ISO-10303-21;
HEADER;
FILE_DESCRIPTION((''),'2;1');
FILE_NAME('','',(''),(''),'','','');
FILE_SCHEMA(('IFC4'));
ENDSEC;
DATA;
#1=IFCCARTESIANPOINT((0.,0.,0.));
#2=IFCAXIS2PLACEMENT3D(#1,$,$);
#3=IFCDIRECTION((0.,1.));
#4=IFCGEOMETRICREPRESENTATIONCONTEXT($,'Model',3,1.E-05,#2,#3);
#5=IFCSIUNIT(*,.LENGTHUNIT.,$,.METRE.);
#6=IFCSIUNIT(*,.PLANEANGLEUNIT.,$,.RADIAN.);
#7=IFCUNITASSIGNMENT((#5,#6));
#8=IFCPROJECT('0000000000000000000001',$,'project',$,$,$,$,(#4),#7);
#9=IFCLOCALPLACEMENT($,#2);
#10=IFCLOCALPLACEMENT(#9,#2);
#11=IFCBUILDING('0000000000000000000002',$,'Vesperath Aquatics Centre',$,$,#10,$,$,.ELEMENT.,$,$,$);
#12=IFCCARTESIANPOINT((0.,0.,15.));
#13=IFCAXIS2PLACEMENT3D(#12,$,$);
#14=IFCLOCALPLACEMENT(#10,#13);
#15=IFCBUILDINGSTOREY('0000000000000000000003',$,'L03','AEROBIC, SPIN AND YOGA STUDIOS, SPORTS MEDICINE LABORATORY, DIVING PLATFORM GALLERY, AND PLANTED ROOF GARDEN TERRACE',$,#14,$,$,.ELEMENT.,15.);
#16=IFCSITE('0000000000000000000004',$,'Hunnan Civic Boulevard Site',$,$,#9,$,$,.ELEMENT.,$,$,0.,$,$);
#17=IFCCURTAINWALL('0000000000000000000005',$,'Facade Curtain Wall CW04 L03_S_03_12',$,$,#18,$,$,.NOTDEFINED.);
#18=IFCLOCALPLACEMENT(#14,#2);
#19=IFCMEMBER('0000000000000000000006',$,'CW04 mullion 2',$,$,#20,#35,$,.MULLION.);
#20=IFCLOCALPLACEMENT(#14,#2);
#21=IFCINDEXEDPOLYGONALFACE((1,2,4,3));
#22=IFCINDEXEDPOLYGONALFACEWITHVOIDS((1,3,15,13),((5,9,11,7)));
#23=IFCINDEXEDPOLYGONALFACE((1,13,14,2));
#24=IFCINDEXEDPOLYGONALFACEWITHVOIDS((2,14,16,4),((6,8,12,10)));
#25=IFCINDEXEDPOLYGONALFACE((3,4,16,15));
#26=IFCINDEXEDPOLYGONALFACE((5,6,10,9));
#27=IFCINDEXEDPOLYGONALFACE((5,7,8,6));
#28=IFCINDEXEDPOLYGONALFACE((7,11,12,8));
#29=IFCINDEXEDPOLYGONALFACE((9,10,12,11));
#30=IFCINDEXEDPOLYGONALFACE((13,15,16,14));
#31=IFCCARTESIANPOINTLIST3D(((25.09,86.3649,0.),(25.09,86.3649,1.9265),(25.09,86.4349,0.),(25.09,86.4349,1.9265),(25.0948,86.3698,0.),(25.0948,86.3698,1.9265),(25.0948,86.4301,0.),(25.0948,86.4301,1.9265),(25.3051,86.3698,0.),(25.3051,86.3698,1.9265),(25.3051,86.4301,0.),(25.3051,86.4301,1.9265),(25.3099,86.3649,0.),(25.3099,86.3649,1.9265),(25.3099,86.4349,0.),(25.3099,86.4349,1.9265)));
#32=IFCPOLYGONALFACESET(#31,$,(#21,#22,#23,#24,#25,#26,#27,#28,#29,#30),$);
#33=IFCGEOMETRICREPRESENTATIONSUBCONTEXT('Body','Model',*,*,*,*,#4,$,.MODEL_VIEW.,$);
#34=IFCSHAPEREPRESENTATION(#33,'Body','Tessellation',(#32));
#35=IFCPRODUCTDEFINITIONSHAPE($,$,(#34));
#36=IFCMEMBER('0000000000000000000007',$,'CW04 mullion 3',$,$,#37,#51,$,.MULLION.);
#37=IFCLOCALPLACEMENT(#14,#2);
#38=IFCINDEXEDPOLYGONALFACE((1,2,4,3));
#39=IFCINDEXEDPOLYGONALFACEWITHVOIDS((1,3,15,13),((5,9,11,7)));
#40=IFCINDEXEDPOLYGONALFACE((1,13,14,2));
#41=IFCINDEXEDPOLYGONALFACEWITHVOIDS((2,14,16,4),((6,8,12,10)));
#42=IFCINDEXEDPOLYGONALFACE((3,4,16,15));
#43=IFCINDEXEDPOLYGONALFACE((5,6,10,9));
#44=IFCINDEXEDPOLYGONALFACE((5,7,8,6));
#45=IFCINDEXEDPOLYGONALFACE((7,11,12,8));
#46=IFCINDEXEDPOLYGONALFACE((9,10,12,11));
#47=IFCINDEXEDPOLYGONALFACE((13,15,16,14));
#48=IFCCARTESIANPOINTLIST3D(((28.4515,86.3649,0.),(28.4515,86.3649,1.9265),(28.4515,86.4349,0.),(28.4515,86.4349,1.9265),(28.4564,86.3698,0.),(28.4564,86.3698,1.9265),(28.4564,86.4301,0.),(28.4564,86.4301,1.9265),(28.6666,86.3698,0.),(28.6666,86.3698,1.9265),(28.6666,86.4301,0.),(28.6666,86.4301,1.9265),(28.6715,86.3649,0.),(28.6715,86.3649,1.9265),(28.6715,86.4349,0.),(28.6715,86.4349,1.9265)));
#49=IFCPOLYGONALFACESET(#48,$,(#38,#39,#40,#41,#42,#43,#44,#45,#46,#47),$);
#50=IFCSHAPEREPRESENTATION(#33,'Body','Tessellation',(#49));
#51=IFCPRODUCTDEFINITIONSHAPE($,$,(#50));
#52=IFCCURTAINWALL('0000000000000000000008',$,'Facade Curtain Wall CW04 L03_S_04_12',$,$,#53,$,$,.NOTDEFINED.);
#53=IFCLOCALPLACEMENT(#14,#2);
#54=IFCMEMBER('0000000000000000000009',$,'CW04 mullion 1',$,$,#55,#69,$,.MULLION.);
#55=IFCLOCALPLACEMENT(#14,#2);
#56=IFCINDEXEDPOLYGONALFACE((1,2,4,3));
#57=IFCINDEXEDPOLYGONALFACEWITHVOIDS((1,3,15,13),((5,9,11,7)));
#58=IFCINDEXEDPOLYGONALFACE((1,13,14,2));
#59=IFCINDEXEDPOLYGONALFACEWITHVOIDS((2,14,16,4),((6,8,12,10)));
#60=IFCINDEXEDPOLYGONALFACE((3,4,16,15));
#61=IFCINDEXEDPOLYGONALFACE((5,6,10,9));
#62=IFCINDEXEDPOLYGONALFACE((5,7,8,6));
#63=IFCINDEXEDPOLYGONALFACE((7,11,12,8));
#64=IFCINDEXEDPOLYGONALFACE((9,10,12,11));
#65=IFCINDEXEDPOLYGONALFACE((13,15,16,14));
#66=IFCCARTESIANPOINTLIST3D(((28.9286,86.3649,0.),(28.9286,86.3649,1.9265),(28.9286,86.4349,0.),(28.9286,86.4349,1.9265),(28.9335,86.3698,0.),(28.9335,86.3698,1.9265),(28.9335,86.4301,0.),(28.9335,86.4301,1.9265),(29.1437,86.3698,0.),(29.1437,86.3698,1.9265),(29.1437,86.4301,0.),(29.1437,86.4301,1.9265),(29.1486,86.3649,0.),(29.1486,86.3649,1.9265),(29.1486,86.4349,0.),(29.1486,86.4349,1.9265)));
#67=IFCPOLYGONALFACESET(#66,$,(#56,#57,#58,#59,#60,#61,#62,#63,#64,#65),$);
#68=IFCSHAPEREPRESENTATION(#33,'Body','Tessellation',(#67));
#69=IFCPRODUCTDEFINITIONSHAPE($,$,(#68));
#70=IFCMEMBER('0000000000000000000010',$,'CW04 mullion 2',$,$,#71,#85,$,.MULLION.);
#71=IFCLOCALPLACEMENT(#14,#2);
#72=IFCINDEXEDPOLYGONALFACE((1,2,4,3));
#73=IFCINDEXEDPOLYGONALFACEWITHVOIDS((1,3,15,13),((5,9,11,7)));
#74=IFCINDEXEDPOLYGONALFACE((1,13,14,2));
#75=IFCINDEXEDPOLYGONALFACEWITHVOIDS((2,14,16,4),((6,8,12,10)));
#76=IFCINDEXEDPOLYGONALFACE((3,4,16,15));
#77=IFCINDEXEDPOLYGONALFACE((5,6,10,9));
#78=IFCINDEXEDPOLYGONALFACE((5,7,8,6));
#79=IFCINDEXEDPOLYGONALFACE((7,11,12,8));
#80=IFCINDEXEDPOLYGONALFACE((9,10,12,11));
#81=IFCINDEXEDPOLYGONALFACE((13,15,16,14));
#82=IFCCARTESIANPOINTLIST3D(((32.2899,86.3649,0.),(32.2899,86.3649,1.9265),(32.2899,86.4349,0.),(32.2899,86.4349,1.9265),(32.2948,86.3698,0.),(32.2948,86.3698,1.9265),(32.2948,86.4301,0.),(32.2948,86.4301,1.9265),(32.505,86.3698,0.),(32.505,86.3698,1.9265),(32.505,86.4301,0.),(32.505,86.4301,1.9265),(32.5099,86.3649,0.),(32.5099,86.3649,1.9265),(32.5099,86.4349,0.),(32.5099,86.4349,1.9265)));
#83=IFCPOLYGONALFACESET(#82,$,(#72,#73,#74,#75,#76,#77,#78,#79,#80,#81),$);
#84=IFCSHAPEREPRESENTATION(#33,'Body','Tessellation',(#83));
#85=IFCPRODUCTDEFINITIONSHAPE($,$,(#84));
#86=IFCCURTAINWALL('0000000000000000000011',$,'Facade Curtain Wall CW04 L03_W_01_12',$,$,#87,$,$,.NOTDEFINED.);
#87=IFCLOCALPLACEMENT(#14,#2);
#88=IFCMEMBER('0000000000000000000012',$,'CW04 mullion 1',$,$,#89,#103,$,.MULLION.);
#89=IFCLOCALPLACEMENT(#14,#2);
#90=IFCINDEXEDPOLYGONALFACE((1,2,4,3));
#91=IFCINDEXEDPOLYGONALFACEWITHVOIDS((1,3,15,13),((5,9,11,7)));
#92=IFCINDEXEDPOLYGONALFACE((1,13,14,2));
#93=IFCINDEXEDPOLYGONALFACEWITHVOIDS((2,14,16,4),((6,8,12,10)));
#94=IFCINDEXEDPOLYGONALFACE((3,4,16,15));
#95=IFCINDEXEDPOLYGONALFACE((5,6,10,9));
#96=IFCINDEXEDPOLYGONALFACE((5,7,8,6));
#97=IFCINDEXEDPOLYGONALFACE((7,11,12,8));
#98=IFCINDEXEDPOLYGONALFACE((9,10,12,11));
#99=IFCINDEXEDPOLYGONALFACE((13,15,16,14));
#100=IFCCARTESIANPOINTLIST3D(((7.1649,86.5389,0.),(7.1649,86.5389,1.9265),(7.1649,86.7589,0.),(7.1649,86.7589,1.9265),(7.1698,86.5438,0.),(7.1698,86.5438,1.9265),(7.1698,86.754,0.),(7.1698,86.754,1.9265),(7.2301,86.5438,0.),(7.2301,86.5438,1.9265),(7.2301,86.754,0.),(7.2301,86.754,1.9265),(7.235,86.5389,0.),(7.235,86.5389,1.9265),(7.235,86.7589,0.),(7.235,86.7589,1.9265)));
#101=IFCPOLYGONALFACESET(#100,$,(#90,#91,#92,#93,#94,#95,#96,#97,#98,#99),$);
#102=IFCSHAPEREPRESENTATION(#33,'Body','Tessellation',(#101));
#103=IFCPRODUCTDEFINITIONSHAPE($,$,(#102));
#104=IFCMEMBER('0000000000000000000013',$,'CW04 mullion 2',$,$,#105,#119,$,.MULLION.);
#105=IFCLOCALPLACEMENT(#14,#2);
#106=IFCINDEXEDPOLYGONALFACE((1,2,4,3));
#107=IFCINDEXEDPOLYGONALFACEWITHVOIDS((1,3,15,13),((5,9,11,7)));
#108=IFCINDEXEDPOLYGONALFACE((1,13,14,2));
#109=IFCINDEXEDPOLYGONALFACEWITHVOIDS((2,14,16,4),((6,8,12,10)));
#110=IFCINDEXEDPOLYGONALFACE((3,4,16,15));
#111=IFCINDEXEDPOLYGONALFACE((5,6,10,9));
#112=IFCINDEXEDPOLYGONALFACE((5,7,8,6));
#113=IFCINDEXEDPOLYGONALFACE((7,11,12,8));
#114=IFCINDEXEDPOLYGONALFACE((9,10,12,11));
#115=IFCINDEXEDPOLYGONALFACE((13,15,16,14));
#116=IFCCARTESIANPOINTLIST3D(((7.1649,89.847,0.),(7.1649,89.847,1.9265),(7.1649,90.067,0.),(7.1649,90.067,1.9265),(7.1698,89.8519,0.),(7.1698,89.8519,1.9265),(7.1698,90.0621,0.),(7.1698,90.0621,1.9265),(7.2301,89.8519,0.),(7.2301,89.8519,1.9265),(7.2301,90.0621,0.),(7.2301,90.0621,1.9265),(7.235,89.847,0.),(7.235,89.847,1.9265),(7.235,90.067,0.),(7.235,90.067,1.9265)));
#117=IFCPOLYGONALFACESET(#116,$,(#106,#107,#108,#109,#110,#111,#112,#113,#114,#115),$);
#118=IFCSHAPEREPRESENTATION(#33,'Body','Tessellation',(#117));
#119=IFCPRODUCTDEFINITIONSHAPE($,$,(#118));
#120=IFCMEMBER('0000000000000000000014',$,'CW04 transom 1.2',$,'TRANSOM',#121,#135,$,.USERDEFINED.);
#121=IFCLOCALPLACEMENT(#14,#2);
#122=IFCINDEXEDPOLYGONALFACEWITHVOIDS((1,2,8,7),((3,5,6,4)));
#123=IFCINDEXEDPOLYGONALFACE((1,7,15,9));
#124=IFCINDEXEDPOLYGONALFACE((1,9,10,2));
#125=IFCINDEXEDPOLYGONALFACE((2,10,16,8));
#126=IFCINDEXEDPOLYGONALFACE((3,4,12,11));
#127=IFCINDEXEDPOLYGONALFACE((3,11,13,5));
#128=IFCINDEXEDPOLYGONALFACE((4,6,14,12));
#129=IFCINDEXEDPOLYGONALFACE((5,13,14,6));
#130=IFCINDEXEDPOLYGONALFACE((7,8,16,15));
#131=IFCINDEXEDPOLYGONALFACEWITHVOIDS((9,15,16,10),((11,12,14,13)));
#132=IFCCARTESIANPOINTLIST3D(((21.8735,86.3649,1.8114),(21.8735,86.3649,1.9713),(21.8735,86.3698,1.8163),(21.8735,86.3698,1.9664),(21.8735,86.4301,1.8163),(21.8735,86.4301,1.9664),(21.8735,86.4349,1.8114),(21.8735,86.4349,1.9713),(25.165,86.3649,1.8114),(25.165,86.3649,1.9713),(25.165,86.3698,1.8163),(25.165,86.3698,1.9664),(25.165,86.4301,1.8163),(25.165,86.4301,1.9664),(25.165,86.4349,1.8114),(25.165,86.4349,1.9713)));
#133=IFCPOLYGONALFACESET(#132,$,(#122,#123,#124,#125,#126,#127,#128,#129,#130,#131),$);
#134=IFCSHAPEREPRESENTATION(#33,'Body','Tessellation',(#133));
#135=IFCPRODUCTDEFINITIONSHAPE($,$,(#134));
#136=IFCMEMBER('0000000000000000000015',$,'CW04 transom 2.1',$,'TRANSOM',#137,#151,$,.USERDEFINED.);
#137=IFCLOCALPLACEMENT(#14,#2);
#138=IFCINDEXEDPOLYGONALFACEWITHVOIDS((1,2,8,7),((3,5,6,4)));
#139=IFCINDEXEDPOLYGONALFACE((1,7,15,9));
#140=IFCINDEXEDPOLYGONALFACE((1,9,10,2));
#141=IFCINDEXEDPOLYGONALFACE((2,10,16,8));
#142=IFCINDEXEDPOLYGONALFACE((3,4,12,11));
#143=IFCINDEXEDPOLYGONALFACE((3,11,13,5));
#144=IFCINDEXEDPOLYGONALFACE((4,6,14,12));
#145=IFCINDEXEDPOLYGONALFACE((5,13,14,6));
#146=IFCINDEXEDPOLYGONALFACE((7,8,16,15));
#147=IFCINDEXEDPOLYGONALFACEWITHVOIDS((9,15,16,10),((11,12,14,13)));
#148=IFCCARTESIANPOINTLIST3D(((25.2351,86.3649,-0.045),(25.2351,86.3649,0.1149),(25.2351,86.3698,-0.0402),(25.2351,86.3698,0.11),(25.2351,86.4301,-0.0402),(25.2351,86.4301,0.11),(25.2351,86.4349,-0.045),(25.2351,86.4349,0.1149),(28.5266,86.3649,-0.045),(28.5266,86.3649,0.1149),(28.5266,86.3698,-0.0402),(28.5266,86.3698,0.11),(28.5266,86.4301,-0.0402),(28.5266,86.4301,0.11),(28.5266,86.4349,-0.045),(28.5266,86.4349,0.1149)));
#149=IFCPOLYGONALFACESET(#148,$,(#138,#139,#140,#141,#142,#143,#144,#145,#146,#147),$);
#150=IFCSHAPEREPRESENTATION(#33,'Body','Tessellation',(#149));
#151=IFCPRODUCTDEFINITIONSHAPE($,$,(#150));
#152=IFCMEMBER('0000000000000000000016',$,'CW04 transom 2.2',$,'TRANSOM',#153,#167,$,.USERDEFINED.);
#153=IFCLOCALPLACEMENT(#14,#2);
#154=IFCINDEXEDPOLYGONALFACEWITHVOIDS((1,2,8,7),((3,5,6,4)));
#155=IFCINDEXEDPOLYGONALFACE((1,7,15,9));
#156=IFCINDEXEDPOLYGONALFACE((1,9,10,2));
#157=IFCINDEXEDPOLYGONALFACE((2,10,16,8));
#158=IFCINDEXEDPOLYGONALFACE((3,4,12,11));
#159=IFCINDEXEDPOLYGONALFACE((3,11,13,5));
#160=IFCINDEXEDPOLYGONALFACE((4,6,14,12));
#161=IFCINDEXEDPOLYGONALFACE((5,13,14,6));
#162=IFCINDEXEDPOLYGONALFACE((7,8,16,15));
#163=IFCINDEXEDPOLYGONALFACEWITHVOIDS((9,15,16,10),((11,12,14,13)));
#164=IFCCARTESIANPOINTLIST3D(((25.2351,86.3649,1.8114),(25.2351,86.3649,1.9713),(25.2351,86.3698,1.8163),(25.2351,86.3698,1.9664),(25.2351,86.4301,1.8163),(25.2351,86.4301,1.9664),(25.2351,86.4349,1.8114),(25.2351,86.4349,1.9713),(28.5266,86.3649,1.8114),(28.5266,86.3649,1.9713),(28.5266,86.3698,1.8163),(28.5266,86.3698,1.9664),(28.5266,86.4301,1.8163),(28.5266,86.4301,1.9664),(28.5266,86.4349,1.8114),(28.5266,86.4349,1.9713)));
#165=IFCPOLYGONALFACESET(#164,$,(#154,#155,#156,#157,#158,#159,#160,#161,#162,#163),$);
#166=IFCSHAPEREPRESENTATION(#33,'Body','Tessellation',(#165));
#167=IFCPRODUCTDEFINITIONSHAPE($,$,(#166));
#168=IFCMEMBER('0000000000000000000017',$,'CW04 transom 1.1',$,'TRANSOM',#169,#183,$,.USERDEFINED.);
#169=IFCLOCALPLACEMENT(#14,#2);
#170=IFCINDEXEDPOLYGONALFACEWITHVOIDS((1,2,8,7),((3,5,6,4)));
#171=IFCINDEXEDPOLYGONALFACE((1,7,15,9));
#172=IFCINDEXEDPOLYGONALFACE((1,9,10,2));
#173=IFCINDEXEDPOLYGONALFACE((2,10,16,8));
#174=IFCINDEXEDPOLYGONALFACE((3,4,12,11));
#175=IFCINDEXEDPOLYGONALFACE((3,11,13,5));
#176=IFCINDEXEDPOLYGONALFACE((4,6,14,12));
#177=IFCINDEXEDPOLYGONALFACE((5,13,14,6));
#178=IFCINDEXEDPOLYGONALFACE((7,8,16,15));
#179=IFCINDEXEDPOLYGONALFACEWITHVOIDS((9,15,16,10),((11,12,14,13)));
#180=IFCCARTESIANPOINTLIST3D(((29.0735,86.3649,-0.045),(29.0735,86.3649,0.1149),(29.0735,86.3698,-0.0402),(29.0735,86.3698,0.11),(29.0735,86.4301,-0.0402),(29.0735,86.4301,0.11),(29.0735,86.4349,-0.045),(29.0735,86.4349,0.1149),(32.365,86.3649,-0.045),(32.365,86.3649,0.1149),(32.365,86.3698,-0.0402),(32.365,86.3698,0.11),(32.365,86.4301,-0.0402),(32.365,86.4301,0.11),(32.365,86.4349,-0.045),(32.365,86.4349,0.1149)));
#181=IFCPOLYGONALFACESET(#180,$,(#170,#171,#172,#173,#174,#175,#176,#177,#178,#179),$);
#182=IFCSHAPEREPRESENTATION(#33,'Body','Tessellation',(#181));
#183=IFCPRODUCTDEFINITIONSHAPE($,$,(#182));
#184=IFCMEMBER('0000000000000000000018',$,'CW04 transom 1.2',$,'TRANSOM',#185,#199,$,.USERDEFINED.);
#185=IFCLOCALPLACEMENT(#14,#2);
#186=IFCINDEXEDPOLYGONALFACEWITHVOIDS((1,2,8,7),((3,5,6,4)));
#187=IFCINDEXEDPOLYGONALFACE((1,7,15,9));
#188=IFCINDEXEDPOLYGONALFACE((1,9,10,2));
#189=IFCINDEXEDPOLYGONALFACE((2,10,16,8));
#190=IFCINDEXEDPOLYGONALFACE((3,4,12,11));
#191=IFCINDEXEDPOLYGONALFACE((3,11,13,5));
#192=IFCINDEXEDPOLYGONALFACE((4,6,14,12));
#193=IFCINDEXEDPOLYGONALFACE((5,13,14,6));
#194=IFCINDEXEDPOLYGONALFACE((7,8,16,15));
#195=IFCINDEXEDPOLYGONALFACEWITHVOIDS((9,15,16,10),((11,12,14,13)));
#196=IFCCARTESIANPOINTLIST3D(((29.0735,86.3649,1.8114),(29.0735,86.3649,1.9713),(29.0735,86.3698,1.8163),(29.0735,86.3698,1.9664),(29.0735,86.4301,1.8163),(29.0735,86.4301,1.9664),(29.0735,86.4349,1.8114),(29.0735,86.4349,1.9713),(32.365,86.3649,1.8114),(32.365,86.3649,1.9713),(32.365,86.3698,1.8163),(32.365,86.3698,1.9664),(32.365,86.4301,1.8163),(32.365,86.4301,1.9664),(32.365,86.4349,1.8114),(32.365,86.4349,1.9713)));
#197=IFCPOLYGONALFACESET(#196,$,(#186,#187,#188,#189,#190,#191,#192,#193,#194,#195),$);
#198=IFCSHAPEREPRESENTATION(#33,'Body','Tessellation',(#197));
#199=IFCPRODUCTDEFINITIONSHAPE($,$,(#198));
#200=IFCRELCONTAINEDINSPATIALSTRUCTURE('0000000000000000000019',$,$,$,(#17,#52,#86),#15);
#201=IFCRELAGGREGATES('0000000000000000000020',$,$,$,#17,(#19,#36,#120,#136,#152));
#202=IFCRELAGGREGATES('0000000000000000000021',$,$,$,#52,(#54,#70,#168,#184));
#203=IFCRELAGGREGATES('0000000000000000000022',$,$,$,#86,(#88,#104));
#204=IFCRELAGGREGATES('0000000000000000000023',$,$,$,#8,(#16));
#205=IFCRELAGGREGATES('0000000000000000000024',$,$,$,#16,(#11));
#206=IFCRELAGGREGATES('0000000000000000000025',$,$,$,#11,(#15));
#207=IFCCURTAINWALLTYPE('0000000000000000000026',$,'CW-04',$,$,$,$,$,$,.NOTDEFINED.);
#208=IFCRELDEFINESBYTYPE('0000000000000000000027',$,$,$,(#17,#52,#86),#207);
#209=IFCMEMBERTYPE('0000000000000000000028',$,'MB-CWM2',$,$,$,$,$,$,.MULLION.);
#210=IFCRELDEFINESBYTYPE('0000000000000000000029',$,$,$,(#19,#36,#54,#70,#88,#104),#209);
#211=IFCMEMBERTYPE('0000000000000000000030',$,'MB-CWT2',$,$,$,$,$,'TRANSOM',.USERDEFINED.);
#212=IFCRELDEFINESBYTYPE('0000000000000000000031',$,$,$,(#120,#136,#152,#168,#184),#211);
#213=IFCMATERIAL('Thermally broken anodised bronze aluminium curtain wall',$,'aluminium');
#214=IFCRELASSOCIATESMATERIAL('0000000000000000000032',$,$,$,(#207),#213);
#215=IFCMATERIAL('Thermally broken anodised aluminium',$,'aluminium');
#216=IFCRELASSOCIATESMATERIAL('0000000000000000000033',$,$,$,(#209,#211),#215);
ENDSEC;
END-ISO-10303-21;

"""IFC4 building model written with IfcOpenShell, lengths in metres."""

from ifc_helpers import new_model, si_unit, direction, frame, origin, origin_2d, place, context, subcontext, project, spatial, hollow_rectangle, extrude, material, material_profile, profile_set, type_object, element, aggregate, save


model = new_model("IFC4")

# Units and contexts
model_context = context("Model", 3, precision=1e-05, world=origin(), true_north=direction((0.0, 1.0)))
body_context = subcontext(model_context, "Body", "Model", "MODEL_VIEW")
ifc_project = project(units=[si_unit("LENGTHUNIT", "METRE"), si_unit("PLANEANGLEUNIT", "RADIAN")], contexts=[model_context])

# Site, building, storey
site_placement = place(None, origin())
site = spatial("IfcSite", under=ifc_project, at=site_placement, Name="Hunnan Civic Boulevard Site", CompositionType="ELEMENT", RefElevation=0.0)
building_placement = place(site_placement, origin())
building = spatial("IfcBuilding", under=site, at=building_placement, Name="Vesperath Aquatics Centre", CompositionType="ELEMENT")
storey_placement = place(building_placement, frame((0.0, 0.0, 15.0)))
storey = spatial("IfcBuildingStorey", under=building, at=storey_placement, Name="L03", Description="AEROBIC, SPIN AND YOGA STUDIOS, SPORTS MEDICINE LABORATORY, DIVING PLATFORM GALLERY, AND PLANTED ROOF GARDEN TERRACE", CompositionType="ELEMENT", Elevation=15.0)

# Curtain walls, members
ifc_material_1 = material(Name="Thermally broken anodised bronze aluminium curtain wall", Category="aluminium")
curtain_wall_type = type_object("IfcCurtainWallType", Name="CW-04", PredefinedType="NOTDEFINED", material=ifc_material_1)
curtain_wall_1_placement = place(storey_placement, origin())
curtain_wall_1 = element("IfcCurtainWall", 1, at=curtain_wall_1_placement, inside=storey, type_object=curtain_wall_type, Name="Facade Curtain Wall CW04 L03_S_03_12", PredefinedType="NOTDEFINED")
ifc_material_2 = material(Name="Thermally broken anodised aluminium", Category="aluminium")
ifc_material_profile_1 = material_profile(ifc_material_2, hollow_rectangle(XDim=0.0701, YDim=0.22, WallThickness=0.0049, at=origin_2d()), Name="CWM 70x220x5")
ifc_profile_set_1 = profile_set([ifc_material_profile_1], Name="Thermally broken anodised aluminium")
member_type_1 = type_object("IfcMemberType", Name="MB-CWM2", PredefinedType="MULLION", material=ifc_profile_set_1)
member_1_placement = place(storey_placement, frame((25.2, 86.3999, 0.0), z_axis=(0.0, 0.0, 1.0), x_axis=(0.0, 1.0, 0.0)))
member_1 = element("IfcMember", 2, at=member_1_placement, type_object=member_type_1, Name="CW04 mullion 2", PredefinedType="MULLION", context=body_context, shape_type="SweptSolid", body=[
    extrude(hollow_rectangle(XDim=0.0701, YDim=0.22, WallThickness=0.0049, at=origin_2d()), origin(), (0.0, 0.0, 1.0), 1.9265),
])
member_2_placement = place(storey_placement, frame((28.5615, 86.3999, 0.0), z_axis=(0.0, 0.0, 1.0), x_axis=(0.0, 1.0, 0.0)))
member_2 = element("IfcMember", 3, at=member_2_placement, type_object=member_type_1, Name="CW04 mullion 3", PredefinedType="MULLION", context=body_context, shape_type="SweptSolid", body=[
    extrude(hollow_rectangle(XDim=0.0701, YDim=0.22, WallThickness=0.0049, at=origin_2d()), origin(), (0.0, 0.0, 1.0), 1.9265),
])
curtain_wall_2_placement = place(storey_placement, origin())
curtain_wall_2 = element("IfcCurtainWall", 4, at=curtain_wall_2_placement, inside=storey, type_object=curtain_wall_type, Name="Facade Curtain Wall CW04 L03_S_04_12", PredefinedType="NOTDEFINED")
member_3_placement = place(storey_placement, frame((29.0386, 86.3999, 0.0), z_axis=(0.0, 0.0, 1.0), x_axis=(0.0, 1.0, 0.0)))
member_3 = element("IfcMember", 5, at=member_3_placement, type_object=member_type_1, Name="CW04 mullion 1", PredefinedType="MULLION", context=body_context, shape_type="SweptSolid", body=[
    extrude(hollow_rectangle(XDim=0.0701, YDim=0.22, WallThickness=0.0049, at=origin_2d()), origin(), (0.0, 0.0, 1.0), 1.9265),
])
member_4_placement = place(storey_placement, frame((32.3999, 86.3999, 0.0), z_axis=(0.0, 0.0, 1.0), x_axis=(0.0, 1.0, 0.0)))
member_4 = element("IfcMember", 6, at=member_4_placement, type_object=member_type_1, Name="CW04 mullion 2", PredefinedType="MULLION", context=body_context, shape_type="SweptSolid", body=[
    extrude(hollow_rectangle(XDim=0.0701, YDim=0.22, WallThickness=0.0049, at=origin_2d()), origin(), (0.0, 0.0, 1.0), 1.9265),
])
curtain_wall_3_placement = place(storey_placement, origin())
curtain_wall_3 = element("IfcCurtainWall", 7, at=curtain_wall_3_placement, inside=storey, type_object=curtain_wall_type, Name="Facade Curtain Wall CW04 L03_W_01_12", PredefinedType="NOTDEFINED")
member_5_placement = place(storey_placement, frame((7.2, 86.6489, 0.0), z_axis=(0.0, 0.0, 1.0), x_axis=(-1.0, 0.0, 0.0)))
member_5 = element("IfcMember", 8, at=member_5_placement, type_object=member_type_1, Name="CW04 mullion 1", PredefinedType="MULLION", context=body_context, shape_type="SweptSolid", body=[
    extrude(hollow_rectangle(XDim=0.0701, YDim=0.22, WallThickness=0.0049, at=origin_2d()), origin(), (0.0, 0.0, 1.0), 1.9265),
])
member_6_placement = place(storey_placement, frame((7.2, 89.957, 0.0), z_axis=(0.0, 0.0, 1.0), x_axis=(-1.0, 0.0, 0.0)))
member_6 = element("IfcMember", 9, at=member_6_placement, type_object=member_type_1, Name="CW04 mullion 2", PredefinedType="MULLION", context=body_context, shape_type="SweptSolid", body=[
    extrude(hollow_rectangle(XDim=0.0701, YDim=0.22, WallThickness=0.0049, at=origin_2d()), origin(), (0.0, 0.0, 1.0), 1.9265),
])

# Members
ifc_material_profile_2 = material_profile(ifc_material_2, hollow_rectangle(XDim=0.0701, YDim=0.1599, WallThickness=0.0049, at=origin_2d()), Name="CWT 70x160x5")
ifc_profile_set_2 = profile_set([ifc_material_profile_2], Name="Thermally broken anodised aluminium")
member_type_2 = type_object("IfcMemberType", Name="MB-CWT2", ElementType="TRANSOM", PredefinedType="USERDEFINED", material=ifc_profile_set_2)
member_7_placement = place(storey_placement, frame((21.8735, 86.3999, 1.8914), z_axis=(1.0, 0.0, 0.0), x_axis=(0.0, 1.0, 0.0)))
member_7 = element("IfcMember", 10, at=member_7_placement, type_object=member_type_2, Name="CW04 transom 1.2", ObjectType="TRANSOM", PredefinedType="USERDEFINED", context=body_context, shape_type="SweptSolid", body=[
    extrude(hollow_rectangle(XDim=0.0701, YDim=0.1599, WallThickness=0.0049, at=origin_2d()), origin(), (0.0, 0.0, 1.0), 3.2915),
])
member_8_placement = place(storey_placement, frame((25.2351, 86.3999, 0.0349), z_axis=(1.0, 0.0, 0.0), x_axis=(0.0, 1.0, 0.0)))
member_8 = element("IfcMember", 11, at=member_8_placement, type_object=member_type_2, Name="CW04 transom 2.1", ObjectType="TRANSOM", PredefinedType="USERDEFINED", context=body_context, shape_type="SweptSolid", body=[
    extrude(hollow_rectangle(XDim=0.0701, YDim=0.1599, WallThickness=0.0049, at=origin_2d()), origin(), (0.0, 0.0, 1.0), 3.2915),
])
member_9_placement = place(storey_placement, frame((25.2351, 86.3999, 1.8914), z_axis=(1.0, 0.0, 0.0), x_axis=(0.0, 1.0, 0.0)))
member_9 = element("IfcMember", 12, at=member_9_placement, type_object=member_type_2, Name="CW04 transom 2.2", ObjectType="TRANSOM", PredefinedType="USERDEFINED", context=body_context, shape_type="SweptSolid", body=[
    extrude(hollow_rectangle(XDim=0.0701, YDim=0.1599, WallThickness=0.0049, at=origin_2d()), origin(), (0.0, 0.0, 1.0), 3.2915),
])
member_10_placement = place(storey_placement, frame((29.0735, 86.3999, 0.0349), z_axis=(1.0, 0.0, 0.0), x_axis=(0.0, 1.0, 0.0)))
member_10 = element("IfcMember", 13, at=member_10_placement, type_object=member_type_2, Name="CW04 transom 1.1", ObjectType="TRANSOM", PredefinedType="USERDEFINED", context=body_context, shape_type="SweptSolid", body=[
    extrude(hollow_rectangle(XDim=0.0701, YDim=0.1599, WallThickness=0.0049, at=origin_2d()), origin(), (0.0, 0.0, 1.0), 3.2915),
])
member_11_placement = place(storey_placement, frame((29.0735, 86.3999, 1.8914), z_axis=(1.0, 0.0, 0.0), x_axis=(0.0, 1.0, 0.0)))
member_11 = element("IfcMember", 14, at=member_11_placement, type_object=member_type_2, Name="CW04 transom 1.2", ObjectType="TRANSOM", PredefinedType="USERDEFINED", context=body_context, shape_type="SweptSolid", body=[
    extrude(hollow_rectangle(XDim=0.0701, YDim=0.1599, WallThickness=0.0049, at=origin_2d()), origin(), (0.0, 0.0, 1.0), 3.2915),
])

aggregate(curtain_wall_1, [member_1, member_2, member_7, member_8, member_9])
aggregate(curtain_wall_2, [member_3, member_4, member_10, member_11])
aggregate(curtain_wall_3, [member_5, member_6])

save(model, "model.ifc")
